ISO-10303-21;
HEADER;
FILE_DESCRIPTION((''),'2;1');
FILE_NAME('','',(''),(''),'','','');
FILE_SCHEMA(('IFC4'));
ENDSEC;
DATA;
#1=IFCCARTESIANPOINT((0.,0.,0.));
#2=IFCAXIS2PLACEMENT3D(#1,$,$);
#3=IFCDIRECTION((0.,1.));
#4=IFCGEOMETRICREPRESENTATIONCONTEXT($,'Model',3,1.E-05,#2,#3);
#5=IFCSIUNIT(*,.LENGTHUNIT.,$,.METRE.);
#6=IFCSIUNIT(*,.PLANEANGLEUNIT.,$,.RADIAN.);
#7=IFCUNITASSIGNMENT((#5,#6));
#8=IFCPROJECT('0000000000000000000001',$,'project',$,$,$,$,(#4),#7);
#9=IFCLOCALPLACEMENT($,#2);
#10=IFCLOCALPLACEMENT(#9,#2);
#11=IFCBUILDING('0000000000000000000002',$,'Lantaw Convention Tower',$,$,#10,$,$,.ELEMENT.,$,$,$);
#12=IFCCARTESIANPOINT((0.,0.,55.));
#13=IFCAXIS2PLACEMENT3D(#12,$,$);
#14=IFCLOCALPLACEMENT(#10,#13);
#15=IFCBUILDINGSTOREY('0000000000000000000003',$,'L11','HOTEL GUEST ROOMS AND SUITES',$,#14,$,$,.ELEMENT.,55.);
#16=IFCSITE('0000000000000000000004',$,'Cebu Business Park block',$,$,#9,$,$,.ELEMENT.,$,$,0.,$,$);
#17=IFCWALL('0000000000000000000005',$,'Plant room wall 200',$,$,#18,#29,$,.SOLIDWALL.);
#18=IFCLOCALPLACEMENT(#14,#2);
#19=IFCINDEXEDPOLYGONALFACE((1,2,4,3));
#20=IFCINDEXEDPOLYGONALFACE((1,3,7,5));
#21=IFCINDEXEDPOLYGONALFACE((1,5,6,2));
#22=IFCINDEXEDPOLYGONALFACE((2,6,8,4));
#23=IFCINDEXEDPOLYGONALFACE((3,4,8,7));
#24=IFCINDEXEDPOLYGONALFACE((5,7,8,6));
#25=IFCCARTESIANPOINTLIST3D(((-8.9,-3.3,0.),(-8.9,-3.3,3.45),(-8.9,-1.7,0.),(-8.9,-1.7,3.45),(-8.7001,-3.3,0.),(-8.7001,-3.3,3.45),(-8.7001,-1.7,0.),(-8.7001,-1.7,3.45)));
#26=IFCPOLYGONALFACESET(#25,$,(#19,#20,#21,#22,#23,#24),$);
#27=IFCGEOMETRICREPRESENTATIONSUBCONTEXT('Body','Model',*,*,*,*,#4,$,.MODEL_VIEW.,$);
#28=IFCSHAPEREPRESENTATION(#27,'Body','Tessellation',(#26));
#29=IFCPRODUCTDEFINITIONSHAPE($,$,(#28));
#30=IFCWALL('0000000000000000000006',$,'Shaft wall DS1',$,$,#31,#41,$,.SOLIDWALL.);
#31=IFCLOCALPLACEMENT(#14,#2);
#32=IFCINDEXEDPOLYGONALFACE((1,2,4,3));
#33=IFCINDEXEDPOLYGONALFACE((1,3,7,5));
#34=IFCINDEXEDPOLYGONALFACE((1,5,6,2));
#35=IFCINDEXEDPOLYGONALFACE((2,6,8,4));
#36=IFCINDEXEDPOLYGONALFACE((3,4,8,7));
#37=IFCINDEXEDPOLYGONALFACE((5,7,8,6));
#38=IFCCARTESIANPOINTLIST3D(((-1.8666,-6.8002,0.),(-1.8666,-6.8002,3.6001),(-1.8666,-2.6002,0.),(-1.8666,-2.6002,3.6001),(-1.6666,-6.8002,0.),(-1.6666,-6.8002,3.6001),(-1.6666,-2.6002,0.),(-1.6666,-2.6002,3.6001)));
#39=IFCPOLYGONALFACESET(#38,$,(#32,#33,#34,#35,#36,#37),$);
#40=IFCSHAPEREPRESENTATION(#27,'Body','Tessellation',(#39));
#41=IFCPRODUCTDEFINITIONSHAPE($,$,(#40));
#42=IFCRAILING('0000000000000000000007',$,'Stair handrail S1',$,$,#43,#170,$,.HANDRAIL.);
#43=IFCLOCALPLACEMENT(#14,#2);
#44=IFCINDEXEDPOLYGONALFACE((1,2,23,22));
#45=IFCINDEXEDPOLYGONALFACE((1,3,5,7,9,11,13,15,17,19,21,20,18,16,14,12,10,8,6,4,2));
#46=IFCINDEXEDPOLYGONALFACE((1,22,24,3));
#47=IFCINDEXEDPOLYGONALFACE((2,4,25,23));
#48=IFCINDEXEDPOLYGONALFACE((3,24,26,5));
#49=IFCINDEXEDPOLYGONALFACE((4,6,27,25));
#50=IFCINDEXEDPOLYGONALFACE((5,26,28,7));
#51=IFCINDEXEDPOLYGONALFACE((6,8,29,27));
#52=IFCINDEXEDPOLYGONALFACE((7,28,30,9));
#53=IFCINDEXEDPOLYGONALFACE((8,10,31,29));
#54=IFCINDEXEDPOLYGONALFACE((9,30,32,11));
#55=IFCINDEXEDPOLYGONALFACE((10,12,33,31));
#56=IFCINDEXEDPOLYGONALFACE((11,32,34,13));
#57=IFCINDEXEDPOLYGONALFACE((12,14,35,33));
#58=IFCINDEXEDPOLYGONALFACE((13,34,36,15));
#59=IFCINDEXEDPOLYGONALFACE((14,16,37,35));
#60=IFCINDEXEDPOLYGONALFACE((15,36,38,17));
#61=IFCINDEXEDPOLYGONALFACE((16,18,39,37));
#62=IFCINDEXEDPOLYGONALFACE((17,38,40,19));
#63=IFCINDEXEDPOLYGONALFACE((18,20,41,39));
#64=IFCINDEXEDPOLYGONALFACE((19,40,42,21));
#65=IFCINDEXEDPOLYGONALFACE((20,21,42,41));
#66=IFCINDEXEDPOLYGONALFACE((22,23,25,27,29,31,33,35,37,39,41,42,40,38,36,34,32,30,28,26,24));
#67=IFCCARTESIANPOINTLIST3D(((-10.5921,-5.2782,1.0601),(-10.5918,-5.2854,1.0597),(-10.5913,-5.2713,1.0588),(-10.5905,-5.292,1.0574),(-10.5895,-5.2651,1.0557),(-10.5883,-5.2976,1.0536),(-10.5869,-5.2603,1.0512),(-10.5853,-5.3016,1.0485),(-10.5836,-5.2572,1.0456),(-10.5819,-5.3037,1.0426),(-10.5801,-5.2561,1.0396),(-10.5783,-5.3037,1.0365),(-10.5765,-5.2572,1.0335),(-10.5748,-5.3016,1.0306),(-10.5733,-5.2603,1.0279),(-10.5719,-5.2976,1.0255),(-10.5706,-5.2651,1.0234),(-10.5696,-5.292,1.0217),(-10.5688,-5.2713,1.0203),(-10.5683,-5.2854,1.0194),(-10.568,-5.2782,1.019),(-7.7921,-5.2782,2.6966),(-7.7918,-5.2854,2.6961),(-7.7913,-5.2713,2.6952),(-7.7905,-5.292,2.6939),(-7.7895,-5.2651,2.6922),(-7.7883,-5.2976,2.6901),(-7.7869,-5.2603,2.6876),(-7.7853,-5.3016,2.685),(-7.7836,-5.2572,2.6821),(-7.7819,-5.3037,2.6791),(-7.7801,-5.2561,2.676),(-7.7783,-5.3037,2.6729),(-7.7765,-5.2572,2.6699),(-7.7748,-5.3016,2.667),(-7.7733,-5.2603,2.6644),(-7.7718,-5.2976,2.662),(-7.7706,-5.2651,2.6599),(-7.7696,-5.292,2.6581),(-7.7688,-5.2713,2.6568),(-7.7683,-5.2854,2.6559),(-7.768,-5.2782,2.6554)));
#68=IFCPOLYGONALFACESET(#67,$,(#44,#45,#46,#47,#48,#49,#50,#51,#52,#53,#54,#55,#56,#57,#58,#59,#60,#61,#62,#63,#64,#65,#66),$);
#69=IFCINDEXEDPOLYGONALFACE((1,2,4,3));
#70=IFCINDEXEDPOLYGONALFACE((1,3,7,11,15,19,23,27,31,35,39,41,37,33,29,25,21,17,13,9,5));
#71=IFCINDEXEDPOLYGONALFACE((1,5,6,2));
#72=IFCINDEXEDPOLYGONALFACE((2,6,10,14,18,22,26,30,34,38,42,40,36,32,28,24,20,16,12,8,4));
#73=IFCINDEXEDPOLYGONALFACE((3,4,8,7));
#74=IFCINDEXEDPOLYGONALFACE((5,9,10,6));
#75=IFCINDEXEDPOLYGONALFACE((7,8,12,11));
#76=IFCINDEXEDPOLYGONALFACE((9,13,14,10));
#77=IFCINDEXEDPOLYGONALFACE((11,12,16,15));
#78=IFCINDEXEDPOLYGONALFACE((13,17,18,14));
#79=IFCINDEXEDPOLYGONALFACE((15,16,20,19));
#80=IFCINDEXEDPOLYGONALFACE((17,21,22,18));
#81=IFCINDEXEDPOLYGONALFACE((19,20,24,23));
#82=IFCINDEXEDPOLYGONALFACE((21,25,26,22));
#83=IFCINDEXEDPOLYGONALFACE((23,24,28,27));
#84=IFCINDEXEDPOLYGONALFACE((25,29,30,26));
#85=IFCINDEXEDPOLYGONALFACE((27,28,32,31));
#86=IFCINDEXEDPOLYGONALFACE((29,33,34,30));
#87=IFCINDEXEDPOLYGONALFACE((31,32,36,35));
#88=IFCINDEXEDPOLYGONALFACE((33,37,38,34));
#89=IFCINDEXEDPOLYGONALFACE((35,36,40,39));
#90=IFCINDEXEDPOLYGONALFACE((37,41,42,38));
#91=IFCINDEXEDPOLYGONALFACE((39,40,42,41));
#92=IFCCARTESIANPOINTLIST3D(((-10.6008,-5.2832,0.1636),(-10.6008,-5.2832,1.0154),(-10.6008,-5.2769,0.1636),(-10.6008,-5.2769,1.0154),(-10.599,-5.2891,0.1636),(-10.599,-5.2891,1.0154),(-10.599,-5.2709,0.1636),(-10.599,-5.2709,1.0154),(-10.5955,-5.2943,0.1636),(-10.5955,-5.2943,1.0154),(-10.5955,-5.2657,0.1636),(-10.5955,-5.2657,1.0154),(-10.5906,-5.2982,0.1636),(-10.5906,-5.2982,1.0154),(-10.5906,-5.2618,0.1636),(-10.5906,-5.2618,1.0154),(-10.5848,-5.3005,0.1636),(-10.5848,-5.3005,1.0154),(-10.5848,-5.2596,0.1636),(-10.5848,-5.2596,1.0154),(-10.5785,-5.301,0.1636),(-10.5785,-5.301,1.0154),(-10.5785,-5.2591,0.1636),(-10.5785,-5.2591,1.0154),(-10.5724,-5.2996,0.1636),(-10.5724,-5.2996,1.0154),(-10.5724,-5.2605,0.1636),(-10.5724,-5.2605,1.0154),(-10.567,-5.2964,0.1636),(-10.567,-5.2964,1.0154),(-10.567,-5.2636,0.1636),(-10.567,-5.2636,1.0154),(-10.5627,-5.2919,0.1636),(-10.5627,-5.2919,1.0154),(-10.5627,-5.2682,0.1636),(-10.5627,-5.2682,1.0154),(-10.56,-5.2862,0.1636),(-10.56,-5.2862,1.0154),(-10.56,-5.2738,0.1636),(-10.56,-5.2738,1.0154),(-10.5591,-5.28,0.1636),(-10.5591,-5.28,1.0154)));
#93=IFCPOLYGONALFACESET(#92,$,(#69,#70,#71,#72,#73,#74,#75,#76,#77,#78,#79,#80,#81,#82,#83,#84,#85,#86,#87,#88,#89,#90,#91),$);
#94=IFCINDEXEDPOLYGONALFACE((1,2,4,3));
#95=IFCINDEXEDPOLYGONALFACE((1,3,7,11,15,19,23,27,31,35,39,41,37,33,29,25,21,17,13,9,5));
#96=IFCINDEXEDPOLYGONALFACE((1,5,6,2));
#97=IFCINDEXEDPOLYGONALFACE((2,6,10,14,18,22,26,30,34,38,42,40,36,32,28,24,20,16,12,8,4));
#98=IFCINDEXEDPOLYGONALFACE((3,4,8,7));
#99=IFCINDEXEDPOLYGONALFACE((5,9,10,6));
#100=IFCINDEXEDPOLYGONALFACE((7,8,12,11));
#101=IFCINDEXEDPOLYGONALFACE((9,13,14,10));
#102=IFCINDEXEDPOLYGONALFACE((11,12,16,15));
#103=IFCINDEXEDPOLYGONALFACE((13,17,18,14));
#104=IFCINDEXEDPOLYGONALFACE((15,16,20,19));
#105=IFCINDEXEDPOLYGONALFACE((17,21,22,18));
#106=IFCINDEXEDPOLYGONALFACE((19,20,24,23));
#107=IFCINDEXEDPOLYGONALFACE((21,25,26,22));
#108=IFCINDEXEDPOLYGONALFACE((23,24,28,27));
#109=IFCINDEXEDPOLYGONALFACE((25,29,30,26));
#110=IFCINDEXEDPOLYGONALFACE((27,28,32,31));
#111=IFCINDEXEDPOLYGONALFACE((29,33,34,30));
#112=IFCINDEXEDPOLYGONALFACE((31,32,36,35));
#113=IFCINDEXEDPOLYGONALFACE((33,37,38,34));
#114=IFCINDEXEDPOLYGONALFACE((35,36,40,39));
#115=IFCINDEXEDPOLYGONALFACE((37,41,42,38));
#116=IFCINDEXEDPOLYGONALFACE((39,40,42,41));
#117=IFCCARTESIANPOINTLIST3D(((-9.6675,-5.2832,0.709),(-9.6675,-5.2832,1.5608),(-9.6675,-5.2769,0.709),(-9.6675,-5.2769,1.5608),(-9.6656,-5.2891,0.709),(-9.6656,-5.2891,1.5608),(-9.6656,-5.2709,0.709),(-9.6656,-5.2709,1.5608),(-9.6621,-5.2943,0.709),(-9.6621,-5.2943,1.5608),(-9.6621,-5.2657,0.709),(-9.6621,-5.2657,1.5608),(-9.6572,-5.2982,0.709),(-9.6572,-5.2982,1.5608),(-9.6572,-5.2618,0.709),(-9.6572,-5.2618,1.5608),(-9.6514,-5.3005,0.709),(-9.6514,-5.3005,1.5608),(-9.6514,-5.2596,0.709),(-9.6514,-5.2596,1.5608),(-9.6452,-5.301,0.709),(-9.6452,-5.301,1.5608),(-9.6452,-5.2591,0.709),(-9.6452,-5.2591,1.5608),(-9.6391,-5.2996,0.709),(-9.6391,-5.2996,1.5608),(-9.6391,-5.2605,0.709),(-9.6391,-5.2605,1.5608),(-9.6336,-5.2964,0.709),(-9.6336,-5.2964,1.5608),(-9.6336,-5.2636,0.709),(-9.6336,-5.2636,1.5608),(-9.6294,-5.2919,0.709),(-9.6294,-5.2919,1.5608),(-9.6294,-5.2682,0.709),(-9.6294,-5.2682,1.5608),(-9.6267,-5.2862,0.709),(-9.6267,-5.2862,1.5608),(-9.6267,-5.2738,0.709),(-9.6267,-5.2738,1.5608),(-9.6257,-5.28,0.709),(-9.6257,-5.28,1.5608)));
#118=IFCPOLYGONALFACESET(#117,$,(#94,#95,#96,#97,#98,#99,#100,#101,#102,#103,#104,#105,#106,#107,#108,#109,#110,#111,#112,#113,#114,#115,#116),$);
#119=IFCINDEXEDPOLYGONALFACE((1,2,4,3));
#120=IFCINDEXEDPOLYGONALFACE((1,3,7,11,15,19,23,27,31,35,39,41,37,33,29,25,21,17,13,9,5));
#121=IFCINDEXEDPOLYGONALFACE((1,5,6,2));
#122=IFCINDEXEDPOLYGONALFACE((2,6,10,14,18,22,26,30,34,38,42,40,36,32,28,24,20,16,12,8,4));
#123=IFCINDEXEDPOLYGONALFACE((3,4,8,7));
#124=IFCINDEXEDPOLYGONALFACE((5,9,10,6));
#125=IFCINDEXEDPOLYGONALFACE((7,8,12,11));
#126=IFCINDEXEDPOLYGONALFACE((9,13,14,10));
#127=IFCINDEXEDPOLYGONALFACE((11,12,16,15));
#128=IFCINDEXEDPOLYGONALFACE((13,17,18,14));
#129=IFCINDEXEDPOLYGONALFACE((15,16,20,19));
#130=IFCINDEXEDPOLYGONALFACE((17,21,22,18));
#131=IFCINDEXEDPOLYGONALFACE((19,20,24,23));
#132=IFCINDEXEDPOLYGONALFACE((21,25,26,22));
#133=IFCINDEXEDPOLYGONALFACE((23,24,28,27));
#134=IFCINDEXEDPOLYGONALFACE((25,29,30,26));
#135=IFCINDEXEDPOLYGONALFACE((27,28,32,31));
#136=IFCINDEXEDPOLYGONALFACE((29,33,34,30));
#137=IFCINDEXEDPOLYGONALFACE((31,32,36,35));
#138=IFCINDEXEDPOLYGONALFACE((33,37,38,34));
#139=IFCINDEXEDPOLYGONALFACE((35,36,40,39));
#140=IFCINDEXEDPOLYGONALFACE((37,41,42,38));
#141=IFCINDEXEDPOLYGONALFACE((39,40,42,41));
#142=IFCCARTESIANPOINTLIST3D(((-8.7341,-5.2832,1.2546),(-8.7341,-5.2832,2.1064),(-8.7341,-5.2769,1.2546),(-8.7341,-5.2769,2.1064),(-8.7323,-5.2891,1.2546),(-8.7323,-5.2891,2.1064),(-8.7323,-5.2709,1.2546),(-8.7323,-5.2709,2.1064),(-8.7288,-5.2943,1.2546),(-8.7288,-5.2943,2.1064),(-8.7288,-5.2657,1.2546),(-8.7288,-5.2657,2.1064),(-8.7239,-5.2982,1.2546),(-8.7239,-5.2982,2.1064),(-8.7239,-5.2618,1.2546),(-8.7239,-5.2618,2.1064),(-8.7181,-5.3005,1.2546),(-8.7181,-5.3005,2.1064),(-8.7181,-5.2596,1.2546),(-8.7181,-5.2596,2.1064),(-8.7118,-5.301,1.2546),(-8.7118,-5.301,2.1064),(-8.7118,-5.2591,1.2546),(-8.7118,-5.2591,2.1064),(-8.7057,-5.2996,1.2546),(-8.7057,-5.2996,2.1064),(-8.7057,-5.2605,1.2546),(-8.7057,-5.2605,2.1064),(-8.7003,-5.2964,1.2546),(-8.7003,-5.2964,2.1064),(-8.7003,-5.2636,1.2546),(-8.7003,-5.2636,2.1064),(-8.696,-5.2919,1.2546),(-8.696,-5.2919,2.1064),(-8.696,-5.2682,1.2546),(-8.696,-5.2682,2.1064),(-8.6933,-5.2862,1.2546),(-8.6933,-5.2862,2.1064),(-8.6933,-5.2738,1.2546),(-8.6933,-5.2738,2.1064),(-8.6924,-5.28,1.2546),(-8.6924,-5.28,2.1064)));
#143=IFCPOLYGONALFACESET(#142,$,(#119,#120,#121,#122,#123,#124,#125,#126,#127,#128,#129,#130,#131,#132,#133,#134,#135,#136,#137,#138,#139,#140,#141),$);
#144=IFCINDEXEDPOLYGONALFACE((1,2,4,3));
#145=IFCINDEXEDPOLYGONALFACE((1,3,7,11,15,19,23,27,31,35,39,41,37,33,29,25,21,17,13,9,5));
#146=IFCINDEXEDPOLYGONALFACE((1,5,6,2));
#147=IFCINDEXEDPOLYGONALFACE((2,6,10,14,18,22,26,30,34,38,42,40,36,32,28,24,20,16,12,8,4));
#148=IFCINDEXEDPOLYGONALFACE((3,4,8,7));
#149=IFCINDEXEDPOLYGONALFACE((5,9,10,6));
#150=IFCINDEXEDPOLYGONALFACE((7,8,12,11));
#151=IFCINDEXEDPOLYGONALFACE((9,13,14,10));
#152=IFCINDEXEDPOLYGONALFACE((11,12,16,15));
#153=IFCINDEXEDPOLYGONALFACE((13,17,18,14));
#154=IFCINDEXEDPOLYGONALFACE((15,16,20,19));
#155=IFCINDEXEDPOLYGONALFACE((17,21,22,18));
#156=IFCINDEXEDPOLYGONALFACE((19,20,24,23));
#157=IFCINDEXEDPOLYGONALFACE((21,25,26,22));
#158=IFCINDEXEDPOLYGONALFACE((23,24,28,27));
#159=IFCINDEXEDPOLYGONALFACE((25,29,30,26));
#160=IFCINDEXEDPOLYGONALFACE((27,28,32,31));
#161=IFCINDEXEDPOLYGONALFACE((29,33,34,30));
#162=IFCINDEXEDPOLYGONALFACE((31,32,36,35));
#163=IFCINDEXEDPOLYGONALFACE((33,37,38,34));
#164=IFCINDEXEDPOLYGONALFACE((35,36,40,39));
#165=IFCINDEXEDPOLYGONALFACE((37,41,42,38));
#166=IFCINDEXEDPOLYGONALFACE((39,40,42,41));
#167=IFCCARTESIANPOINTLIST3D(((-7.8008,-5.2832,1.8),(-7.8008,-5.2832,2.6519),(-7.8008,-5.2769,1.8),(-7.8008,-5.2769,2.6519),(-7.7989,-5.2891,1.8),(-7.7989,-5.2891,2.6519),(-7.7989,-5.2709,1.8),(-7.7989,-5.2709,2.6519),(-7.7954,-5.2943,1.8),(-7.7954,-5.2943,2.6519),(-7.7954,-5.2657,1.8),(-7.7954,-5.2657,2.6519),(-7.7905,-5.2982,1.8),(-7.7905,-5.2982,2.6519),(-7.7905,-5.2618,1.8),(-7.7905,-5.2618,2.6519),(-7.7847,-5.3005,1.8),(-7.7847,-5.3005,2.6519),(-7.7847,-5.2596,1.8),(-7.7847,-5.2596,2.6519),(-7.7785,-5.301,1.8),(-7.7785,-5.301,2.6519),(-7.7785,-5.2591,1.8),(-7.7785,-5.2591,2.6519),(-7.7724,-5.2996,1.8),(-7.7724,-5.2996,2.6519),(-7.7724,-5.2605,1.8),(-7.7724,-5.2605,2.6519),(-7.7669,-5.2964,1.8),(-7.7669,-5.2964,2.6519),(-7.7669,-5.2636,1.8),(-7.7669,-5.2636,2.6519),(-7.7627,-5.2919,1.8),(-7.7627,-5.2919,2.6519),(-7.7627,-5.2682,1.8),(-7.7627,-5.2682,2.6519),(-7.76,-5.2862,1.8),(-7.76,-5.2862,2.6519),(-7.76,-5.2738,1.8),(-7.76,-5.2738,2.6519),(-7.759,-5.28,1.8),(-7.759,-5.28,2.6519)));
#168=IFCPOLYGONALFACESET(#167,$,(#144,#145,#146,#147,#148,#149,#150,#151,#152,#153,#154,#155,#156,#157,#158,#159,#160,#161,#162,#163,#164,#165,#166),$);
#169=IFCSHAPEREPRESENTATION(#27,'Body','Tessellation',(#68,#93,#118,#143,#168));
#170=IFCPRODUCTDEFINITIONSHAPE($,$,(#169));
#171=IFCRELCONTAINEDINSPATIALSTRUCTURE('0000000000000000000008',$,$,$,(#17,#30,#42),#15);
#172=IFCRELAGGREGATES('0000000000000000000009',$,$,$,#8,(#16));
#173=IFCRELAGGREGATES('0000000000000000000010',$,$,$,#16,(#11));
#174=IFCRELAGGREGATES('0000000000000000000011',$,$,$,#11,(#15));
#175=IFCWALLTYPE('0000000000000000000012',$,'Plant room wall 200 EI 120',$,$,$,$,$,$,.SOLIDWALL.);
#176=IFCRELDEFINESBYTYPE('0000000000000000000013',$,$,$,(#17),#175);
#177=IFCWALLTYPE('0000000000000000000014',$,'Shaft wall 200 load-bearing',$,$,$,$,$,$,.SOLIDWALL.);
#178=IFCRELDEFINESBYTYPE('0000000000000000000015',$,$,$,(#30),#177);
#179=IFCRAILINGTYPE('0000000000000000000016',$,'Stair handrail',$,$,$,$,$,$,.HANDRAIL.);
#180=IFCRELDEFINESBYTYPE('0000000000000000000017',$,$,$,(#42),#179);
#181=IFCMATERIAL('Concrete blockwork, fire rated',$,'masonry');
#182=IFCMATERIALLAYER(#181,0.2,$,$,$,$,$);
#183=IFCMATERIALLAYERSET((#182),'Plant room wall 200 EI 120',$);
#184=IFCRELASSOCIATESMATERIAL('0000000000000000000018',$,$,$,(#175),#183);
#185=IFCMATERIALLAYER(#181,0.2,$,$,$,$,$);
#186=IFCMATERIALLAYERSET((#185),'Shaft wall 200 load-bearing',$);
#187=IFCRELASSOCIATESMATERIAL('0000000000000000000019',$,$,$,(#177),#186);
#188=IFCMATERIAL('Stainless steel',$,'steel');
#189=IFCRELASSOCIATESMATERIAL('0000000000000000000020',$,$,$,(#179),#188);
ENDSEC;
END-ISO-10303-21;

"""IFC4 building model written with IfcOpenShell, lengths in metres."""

from ifc_helpers import new_model, si_unit, direction, frame, frame_2d, origin, origin_2d, place, context, subcontext, project, spatial, rectangle, circle, extrude, material, layer, layer_set, type_object, element, save


model = new_model("IFC4")

# Units and contexts
model_context = context("Model", 3, precision=1e-05, world=origin(), true_north=direction((0.0, 1.0)))
body_context = subcontext(model_context, "Body", "Model", "MODEL_VIEW")
ifc_project = project(units=[si_unit("LENGTHUNIT", "METRE"), si_unit("PLANEANGLEUNIT", "RADIAN")], contexts=[model_context])

# Site, building, storey
site_placement = place(None, origin())
site = spatial("IfcSite", under=ifc_project, at=site_placement, Name="Cebu Business Park block", CompositionType="ELEMENT", RefElevation=0.0)
building_placement = place(site_placement, origin())
building = spatial("IfcBuilding", under=site, at=building_placement, Name="Lantaw Convention Tower", CompositionType="ELEMENT")
storey_placement = place(building_placement, frame((0.0, 0.0, 55.0)))
storey = spatial("IfcBuildingStorey", under=building, at=storey_placement, Name="L11", Description="HOTEL GUEST ROOMS AND SUITES", CompositionType="ELEMENT", Elevation=55.0)

# Shared definitions
ifc_material_1 = material(Name="Stainless steel", Category="steel")

# Shared definitions
ifc_material_2 = material(Name="Concrete blockwork, fire rated", Category="masonry")
ifc_layer_1 = layer(ifc_material_2, 0.2)
ifc_layer_set_1 = layer_set([ifc_layer_1], Name="Plant room wall 200 EI 120")
wall_type_1 = type_object("IfcWallType", Name="Plant room wall 200 EI 120", PredefinedType="SOLIDWALL", material=ifc_layer_set_1)

# Walls
wall_1_placement = place(storey_placement, frame((-8.8, -1.7, 0.0), z_axis=(0.0, 0.0, 1.0), x_axis=(0.0, -1.0, 0.0)))
element("IfcWall", 1, at=wall_1_placement, inside=storey, type_object=wall_type_1, Name="Plant room wall 200", PredefinedType="SOLIDWALL", context=body_context, shape_type="SweptSolid", body=[
    extrude(rectangle(XDim=1.6001, YDim=0.2, at=frame_2d((0.8, 0.0))), origin(), (0.0, 0.0, 1.0), 3.45),
])
ifc_layer_2 = layer(ifc_material_2, 0.2)
ifc_layer_set_2 = layer_set([ifc_layer_2], Name="Shaft wall 200 load-bearing")
wall_type_2 = type_object("IfcWallType", Name="Shaft wall 200 load-bearing", PredefinedType="SOLIDWALL", material=ifc_layer_set_2)
wall_2_placement = place(storey_placement, frame((-1.7666, -2.6001, 0.0), z_axis=(0.0, 0.0, 1.0), x_axis=(0.0, -1.0, 0.0)))
element("IfcWall", 2, at=wall_2_placement, inside=storey, type_object=wall_type_2, Name="Shaft wall DS1", PredefinedType="SOLIDWALL", context=body_context, shape_type="SweptSolid", body=[
    extrude(rectangle(XDim=4.2, YDim=0.2, at=frame_2d((2.1001, 0.0))), origin(), (0.0, 0.0, 1.0), 3.6001),
])

# Railing
railing_type = type_object("IfcRailingType", Name="Stair handrail", PredefinedType="HANDRAIL", material=ifc_material_1)
railing_1_placement = place(storey_placement, frame((-10.5801, -5.28, 0.1636)))
element("IfcRailing", 3, at=railing_1_placement, inside=storey, type_object=railing_type, Name="Stair handrail S1", PredefinedType="HANDRAIL", context=body_context, shape_type="SweptSolid", body=[
    extrude(circle(Radius=0.0239, at=origin_2d()), frame((0.0, 0.0, 0.876), z_axis=(0.863361, 0.0, 0.504587), x_axis=(0.0, 1.0, 0.0)), (0.0, 0.0, 1.0), 3.2432),
    extrude(circle(Radius=0.021, at=origin_2d()), origin(), (0.0, 0.0, 1.0), 0.8518),
    extrude(circle(Radius=0.021, at=origin_2d()), frame((0.9333, 0.0, 0.5454)), (0.0, 0.0, 1.0), 0.8518),
    extrude(circle(Radius=0.021, at=origin_2d()), frame((1.8667, 0.0, 1.0911)), (0.0, 0.0, 1.0), 0.8518),
    extrude(circle(Radius=0.021, at=origin_2d()), frame((2.8, 0.0, 1.6365)), (0.0, 0.0, 1.0), 0.8518),
])

save(model, "model.ifc")
